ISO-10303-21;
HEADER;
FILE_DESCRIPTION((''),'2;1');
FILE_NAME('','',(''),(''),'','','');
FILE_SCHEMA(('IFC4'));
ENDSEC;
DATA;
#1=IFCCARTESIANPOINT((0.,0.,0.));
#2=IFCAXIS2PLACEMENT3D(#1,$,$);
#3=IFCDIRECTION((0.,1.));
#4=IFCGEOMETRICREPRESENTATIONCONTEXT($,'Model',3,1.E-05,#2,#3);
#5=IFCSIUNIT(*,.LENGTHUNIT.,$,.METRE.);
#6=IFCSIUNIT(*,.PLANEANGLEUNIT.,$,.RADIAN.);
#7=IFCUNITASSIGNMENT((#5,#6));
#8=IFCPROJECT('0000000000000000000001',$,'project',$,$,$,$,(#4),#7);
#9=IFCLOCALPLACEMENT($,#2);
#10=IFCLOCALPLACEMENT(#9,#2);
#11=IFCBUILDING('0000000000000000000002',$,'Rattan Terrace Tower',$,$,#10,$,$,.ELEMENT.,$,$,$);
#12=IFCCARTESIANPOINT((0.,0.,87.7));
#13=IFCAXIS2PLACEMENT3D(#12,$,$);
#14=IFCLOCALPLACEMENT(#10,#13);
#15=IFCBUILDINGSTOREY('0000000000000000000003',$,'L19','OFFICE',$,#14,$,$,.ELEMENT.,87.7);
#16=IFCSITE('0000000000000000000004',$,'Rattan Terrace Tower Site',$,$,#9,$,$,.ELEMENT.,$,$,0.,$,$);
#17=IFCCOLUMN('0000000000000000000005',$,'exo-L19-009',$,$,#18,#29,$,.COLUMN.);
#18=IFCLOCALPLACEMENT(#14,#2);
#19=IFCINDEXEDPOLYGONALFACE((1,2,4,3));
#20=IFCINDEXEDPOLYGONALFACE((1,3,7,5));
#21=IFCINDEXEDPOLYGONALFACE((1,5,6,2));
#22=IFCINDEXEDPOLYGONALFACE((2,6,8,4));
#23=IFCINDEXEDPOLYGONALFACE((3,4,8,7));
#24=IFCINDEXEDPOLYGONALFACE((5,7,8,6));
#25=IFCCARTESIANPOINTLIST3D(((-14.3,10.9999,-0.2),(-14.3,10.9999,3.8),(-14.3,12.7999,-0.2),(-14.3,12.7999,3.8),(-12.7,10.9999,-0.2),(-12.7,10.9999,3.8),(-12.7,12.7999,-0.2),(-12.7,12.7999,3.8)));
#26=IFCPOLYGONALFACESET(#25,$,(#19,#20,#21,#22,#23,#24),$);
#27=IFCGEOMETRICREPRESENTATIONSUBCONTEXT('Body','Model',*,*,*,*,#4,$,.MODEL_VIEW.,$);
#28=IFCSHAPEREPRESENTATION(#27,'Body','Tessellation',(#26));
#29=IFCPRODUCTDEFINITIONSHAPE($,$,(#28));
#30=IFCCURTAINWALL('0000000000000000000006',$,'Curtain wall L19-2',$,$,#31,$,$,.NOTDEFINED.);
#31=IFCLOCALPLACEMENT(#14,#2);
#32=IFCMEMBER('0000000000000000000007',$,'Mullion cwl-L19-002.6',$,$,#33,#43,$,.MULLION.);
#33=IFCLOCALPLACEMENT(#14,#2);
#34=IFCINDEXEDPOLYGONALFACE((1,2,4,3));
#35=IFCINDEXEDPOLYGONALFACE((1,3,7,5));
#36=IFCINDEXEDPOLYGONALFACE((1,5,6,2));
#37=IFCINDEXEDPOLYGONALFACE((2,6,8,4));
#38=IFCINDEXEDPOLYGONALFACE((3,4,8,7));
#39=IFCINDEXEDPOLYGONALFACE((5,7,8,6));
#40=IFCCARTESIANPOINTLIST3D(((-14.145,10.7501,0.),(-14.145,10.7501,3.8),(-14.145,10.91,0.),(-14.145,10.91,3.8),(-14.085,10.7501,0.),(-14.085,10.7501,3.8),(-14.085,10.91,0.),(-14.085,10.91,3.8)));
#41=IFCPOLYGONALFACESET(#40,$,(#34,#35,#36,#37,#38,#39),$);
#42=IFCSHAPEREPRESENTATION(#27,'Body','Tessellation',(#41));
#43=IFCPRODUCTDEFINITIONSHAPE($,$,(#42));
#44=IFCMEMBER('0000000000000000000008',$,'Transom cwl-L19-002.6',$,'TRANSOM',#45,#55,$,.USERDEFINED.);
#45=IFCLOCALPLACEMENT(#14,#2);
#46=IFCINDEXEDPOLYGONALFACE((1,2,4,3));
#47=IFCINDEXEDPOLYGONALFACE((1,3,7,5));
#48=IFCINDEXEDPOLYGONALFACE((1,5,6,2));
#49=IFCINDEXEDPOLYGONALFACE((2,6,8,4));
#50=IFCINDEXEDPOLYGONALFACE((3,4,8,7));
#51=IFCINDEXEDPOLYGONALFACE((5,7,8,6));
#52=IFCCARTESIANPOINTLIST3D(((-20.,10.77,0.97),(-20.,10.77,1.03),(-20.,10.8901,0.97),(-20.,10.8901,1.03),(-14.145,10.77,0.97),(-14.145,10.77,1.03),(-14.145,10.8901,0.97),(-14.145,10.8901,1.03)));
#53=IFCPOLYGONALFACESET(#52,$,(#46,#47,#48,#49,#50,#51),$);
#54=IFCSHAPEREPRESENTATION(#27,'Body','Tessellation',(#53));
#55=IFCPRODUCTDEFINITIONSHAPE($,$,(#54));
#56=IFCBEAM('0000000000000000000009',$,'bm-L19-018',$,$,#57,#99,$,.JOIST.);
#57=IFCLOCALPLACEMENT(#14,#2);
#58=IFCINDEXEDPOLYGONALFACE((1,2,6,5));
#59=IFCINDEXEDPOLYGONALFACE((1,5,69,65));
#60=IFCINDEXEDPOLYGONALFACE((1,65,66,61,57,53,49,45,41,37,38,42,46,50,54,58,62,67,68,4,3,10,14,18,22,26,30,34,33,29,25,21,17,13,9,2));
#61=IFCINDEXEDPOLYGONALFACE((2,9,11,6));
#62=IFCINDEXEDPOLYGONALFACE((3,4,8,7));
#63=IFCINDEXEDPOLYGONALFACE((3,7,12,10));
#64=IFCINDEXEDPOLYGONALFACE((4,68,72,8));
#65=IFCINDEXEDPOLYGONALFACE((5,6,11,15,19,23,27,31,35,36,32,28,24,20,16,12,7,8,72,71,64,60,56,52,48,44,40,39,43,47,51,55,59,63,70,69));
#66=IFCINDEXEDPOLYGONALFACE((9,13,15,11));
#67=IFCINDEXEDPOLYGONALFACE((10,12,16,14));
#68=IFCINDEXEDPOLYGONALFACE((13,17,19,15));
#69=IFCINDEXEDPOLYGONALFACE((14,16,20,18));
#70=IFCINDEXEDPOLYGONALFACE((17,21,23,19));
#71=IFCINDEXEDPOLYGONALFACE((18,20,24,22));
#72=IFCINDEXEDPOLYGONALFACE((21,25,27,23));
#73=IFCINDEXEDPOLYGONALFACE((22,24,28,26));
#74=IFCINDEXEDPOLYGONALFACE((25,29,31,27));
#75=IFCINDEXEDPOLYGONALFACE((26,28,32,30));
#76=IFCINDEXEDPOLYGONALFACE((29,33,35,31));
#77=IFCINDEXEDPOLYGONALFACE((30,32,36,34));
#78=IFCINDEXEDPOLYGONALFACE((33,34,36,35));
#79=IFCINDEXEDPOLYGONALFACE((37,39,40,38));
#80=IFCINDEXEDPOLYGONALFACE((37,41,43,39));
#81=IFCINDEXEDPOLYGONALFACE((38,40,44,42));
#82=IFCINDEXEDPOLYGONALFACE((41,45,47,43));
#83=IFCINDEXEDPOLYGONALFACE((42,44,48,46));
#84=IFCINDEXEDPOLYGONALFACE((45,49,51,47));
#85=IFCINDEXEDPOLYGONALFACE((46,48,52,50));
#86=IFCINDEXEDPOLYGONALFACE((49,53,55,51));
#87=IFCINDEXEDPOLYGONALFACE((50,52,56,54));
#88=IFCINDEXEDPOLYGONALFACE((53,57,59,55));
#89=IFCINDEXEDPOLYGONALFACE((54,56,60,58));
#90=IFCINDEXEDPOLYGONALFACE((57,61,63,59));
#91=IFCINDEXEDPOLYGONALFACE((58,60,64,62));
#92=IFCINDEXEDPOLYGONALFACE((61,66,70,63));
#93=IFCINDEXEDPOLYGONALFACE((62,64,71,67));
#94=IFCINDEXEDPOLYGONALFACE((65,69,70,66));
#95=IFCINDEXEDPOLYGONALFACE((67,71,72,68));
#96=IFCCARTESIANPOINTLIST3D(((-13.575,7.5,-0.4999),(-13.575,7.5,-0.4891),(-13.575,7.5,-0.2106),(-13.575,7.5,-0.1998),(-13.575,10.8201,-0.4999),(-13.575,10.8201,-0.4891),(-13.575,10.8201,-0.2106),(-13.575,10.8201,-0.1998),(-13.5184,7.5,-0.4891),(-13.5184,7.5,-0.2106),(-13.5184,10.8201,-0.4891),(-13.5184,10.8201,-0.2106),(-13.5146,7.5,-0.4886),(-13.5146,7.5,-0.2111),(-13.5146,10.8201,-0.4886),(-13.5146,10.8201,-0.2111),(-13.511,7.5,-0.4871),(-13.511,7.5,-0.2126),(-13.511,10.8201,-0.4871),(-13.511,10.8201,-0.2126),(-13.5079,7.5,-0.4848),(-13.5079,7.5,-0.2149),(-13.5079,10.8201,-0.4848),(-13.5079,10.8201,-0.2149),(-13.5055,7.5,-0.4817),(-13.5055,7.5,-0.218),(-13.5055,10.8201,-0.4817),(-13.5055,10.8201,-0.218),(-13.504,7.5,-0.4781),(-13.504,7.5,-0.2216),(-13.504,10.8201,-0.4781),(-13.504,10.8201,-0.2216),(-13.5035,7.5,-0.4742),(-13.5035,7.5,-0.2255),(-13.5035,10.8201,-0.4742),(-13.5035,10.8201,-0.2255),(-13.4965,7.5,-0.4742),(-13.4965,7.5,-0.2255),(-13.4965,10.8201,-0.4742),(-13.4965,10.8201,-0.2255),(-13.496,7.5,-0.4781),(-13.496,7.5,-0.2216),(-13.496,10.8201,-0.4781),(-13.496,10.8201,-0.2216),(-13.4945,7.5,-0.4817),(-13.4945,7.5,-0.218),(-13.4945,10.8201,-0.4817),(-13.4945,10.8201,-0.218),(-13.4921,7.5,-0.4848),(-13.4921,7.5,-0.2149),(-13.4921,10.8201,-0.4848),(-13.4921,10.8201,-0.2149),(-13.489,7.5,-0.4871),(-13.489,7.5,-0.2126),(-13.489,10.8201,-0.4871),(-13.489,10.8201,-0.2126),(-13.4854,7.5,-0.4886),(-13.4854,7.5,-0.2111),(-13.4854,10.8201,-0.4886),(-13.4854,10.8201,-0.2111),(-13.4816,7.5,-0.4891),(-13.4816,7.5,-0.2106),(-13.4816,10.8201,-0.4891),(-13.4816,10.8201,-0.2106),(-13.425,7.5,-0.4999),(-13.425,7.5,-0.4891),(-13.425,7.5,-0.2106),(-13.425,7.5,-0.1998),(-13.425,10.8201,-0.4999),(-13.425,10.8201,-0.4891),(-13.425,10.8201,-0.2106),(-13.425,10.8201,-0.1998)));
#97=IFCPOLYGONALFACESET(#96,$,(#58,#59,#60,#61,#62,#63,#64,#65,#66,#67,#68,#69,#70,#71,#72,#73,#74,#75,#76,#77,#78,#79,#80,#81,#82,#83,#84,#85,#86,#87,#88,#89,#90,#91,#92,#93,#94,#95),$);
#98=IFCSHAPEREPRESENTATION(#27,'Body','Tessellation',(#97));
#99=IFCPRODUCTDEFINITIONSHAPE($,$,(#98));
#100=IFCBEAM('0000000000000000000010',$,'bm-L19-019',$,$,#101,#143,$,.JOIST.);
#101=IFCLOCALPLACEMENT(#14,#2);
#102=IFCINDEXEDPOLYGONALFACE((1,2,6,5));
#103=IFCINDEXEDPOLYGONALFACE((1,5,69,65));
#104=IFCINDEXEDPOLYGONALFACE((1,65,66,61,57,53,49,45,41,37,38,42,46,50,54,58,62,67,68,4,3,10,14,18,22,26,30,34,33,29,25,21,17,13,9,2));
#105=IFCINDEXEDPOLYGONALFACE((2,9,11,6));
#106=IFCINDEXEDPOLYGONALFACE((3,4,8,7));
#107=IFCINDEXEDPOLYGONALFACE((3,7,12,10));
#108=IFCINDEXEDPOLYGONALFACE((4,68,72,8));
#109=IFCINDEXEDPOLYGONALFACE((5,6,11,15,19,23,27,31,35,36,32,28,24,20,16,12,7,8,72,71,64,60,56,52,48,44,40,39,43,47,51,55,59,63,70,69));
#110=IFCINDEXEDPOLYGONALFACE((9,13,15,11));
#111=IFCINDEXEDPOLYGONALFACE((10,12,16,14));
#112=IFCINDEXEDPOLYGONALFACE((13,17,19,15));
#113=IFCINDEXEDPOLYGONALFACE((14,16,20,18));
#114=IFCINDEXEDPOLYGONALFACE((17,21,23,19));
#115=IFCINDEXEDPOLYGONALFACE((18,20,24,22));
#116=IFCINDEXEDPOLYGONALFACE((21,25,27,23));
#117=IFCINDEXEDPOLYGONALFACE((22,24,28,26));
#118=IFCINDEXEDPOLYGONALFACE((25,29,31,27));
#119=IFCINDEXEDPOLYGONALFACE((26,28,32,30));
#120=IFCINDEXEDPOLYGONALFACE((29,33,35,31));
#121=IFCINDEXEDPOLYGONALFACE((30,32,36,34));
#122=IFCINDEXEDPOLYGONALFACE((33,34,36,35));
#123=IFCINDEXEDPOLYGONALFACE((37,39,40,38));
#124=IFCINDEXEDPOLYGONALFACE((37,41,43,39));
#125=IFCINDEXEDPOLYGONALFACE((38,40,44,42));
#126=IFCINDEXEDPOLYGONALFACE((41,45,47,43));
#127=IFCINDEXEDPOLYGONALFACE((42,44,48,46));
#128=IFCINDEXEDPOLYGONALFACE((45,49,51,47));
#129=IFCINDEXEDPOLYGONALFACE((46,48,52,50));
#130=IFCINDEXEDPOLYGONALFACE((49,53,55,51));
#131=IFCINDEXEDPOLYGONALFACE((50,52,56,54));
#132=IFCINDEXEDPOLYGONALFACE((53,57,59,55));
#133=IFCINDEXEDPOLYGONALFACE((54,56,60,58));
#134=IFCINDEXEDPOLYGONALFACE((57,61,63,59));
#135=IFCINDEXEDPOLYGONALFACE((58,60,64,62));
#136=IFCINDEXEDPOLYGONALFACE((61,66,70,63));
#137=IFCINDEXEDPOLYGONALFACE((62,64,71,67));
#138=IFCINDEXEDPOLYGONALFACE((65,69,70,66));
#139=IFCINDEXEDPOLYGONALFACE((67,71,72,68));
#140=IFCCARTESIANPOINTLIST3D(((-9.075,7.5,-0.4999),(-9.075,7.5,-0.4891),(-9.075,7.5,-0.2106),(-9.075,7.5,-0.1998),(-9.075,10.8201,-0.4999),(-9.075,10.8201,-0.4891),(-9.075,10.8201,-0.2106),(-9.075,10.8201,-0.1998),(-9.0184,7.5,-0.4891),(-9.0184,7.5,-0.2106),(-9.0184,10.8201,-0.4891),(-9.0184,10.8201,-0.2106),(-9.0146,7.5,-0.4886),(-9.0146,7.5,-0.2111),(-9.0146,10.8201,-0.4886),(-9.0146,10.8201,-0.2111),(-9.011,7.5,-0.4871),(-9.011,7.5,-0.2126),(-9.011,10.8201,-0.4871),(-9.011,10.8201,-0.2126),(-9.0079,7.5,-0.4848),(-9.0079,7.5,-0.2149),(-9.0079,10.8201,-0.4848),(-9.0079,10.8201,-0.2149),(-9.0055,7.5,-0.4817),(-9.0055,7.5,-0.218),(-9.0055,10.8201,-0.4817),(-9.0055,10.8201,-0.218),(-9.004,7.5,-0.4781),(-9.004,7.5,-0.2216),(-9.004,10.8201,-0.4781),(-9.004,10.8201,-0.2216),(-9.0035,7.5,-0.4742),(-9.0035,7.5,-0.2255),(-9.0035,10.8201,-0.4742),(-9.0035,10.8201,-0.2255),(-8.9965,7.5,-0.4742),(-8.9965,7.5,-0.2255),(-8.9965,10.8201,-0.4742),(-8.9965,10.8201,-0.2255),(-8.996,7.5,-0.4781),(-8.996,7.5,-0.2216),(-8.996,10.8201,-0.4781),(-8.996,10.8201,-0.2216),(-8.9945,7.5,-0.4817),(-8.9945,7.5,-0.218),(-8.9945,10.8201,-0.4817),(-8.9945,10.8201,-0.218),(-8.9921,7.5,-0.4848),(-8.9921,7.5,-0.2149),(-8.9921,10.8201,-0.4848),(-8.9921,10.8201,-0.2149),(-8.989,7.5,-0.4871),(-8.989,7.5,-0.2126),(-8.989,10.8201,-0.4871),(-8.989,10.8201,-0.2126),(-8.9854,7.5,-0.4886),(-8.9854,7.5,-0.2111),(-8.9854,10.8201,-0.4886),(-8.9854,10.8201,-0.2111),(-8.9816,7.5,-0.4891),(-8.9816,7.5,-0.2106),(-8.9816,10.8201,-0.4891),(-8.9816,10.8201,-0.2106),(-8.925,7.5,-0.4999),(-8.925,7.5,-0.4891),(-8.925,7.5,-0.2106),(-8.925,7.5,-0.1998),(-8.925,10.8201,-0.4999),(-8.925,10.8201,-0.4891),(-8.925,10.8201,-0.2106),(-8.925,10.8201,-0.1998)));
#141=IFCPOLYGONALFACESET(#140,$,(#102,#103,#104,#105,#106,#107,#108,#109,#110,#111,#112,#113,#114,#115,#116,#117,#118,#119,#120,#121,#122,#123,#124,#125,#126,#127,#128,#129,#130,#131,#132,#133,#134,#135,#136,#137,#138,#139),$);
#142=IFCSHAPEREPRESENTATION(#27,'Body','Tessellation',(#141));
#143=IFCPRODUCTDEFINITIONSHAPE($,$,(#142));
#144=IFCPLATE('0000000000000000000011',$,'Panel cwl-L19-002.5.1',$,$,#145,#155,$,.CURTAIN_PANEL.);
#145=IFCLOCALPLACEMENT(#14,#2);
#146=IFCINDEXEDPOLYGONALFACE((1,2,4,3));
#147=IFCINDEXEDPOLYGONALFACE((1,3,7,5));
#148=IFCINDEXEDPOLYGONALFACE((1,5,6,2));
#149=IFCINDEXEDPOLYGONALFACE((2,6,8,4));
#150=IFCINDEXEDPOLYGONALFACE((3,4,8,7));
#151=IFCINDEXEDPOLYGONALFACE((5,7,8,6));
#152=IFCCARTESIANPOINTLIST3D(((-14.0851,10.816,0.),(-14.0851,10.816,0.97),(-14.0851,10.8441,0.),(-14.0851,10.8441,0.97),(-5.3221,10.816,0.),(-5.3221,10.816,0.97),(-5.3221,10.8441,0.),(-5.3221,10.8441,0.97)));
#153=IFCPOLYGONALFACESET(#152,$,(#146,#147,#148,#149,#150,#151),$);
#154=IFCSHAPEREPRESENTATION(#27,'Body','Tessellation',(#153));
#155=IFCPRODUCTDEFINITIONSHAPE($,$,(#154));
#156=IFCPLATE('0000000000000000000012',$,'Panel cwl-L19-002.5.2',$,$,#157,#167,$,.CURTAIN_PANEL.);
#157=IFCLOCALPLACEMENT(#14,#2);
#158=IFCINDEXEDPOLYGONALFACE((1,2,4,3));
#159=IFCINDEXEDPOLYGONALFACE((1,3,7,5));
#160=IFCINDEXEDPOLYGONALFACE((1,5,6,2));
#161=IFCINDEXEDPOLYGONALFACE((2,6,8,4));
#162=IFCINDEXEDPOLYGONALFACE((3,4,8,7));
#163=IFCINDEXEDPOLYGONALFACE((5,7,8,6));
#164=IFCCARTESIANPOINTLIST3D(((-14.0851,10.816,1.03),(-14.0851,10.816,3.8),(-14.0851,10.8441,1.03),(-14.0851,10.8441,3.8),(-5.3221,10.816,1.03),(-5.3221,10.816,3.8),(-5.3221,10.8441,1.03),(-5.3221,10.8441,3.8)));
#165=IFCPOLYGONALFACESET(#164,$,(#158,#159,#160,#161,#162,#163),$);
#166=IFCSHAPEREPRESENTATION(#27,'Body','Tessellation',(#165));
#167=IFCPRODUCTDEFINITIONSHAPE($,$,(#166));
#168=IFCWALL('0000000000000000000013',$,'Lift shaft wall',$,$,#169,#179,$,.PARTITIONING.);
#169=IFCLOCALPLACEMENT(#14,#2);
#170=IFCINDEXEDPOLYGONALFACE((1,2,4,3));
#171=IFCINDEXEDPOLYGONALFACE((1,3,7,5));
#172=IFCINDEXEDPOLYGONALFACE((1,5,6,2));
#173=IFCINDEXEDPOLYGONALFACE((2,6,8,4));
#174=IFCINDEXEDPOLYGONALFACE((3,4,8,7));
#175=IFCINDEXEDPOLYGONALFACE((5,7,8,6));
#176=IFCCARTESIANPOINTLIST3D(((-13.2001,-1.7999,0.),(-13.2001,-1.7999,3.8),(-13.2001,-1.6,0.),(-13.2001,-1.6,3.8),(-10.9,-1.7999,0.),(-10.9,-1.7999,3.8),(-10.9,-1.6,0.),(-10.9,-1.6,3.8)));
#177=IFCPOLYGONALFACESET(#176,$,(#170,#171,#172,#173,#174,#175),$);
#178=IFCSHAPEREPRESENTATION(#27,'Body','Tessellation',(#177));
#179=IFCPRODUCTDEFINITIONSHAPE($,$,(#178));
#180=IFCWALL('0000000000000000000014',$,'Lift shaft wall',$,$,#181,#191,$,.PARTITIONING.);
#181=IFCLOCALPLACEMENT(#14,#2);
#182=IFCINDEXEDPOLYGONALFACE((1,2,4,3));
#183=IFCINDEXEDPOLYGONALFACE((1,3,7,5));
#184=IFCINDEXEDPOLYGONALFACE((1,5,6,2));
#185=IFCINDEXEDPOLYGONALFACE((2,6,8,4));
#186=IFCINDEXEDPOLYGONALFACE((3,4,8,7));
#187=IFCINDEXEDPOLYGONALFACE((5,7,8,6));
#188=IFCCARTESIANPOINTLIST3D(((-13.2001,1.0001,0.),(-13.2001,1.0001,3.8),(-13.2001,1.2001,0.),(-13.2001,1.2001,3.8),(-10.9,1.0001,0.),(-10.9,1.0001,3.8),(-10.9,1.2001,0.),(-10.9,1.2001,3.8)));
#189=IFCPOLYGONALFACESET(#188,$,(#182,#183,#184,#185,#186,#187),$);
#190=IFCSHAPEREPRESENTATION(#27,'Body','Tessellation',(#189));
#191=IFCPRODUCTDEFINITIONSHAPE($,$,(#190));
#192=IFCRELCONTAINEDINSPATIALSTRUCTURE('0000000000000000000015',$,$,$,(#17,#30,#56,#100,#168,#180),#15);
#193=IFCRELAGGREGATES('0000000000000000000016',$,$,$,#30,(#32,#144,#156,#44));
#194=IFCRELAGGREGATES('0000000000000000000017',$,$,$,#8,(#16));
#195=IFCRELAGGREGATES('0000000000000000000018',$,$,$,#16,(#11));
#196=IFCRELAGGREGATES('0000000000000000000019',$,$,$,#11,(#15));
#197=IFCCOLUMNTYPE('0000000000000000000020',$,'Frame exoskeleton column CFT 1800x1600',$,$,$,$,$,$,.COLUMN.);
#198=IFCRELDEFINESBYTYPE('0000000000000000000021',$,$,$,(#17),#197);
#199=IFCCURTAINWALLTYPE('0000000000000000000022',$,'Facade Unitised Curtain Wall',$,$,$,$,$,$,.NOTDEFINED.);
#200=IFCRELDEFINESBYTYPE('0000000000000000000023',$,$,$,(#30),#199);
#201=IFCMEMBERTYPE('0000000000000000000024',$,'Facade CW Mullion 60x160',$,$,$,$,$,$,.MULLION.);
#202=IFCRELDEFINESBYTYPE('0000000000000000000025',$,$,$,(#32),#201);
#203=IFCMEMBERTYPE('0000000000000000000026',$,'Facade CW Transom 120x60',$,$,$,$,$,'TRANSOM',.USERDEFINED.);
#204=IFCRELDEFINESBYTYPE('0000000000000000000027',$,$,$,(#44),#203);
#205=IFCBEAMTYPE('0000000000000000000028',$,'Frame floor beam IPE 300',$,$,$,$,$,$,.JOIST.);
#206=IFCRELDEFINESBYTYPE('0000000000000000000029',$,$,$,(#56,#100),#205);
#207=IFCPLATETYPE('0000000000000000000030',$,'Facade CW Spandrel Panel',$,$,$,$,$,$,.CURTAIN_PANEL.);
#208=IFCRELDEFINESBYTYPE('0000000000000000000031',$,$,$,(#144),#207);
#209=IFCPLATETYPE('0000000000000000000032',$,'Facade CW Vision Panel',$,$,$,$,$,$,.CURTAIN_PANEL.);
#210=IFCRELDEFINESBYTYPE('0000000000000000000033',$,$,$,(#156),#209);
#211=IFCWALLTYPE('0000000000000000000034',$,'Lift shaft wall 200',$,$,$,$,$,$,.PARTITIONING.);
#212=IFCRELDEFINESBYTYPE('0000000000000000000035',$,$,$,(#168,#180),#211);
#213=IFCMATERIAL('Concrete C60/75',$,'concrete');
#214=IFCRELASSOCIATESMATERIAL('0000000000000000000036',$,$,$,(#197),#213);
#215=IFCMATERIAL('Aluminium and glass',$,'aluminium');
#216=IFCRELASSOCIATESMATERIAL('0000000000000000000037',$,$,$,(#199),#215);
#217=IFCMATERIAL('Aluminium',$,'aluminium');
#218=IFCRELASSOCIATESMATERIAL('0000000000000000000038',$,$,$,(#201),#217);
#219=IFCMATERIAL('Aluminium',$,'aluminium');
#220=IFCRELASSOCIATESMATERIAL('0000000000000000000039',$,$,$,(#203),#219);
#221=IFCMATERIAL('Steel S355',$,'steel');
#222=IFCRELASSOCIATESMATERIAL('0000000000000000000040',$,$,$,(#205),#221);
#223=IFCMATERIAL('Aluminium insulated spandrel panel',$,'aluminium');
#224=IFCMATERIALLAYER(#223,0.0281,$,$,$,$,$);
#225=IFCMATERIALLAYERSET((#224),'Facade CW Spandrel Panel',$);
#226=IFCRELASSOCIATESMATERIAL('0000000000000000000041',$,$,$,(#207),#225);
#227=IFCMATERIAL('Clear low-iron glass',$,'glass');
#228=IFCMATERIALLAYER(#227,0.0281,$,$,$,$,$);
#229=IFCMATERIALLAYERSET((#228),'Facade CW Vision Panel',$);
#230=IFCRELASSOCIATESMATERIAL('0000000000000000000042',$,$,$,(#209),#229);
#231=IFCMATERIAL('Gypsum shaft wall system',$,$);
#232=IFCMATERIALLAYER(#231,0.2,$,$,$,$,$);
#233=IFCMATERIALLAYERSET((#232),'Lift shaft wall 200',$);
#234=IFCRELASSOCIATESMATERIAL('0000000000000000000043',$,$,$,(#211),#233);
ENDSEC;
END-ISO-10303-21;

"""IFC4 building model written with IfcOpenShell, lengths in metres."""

from ifc_helpers import new_model, si_unit, direction, frame, frame_2d, origin, origin_2d, place, context, subcontext, project, spatial, rectangle, i_section, extrude, material, layer, layer_set, material_profile, profile_set, type_object, element, aggregate, save


model = new_model("IFC4")

# Units and contexts
model_context = context("Model", 3, precision=1e-05, world=origin(), true_north=direction((0.0, 1.0)))
body_context = subcontext(model_context, "Body", "Model", "MODEL_VIEW")
ifc_project = project(units=[si_unit("LENGTHUNIT", "METRE"), si_unit("PLANEANGLEUNIT", "RADIAN")], contexts=[model_context])

# Site, building, storey
site_placement = place(None, origin())
site = spatial("IfcSite", under=ifc_project, at=site_placement, Name="Rattan Terrace Tower Site", CompositionType="ELEMENT", RefElevation=0.0)
building_placement = place(site_placement, origin())
building = spatial("IfcBuilding", under=site, at=building_placement, Name="Rattan Terrace Tower", CompositionType="ELEMENT")
storey_placement = place(building_placement, frame((0.0, 0.0, 87.7)))
storey = spatial("IfcBuildingStorey", under=building, at=storey_placement, Name="L19", Description="OFFICE", CompositionType="ELEMENT", Elevation=87.7)

# Column
ifc_material_1 = material(Name="Concrete C60/75", Category="concrete")
ifc_material_profile_1 = material_profile(ifc_material_1, rectangle(XDim=1.6001, YDim=1.8, at=origin_2d()), Name="CFT 1800x1600")
ifc_profile_set_1 = profile_set([ifc_material_profile_1], Name="Concrete C60/75")
column_type = type_object("IfcColumnType", Name="Frame exoskeleton column CFT 1800x1600", PredefinedType="COLUMN", material=ifc_profile_set_1)
column_placement = place(storey_placement, frame((-13.5, 11.8999, -0.2), z_axis=(0.0, 0.0, 1.0), x_axis=(1.0, 0.0, 0.0)))
element("IfcColumn", 1, at=column_placement, inside=storey, type_object=column_type, Name="exo-L19-009", PredefinedType="COLUMN", context=body_context, shape_type="SweptSolid", body=[
    extrude(rectangle(XDim=1.6001, YDim=1.8, at=origin_2d()), origin(), (0.0, 0.0, 1.0), 4.0),
])

# Curtain wall, members
ifc_material_2 = material(Name="Aluminium and glass", Category="aluminium")
curtain_wall_type = type_object("IfcCurtainWallType", Name="Facade Unitised Curtain Wall", PredefinedType="NOTDEFINED", material=ifc_material_2)
curtain_wall_placement = place(storey_placement, origin())
curtain_wall = element("IfcCurtainWall", 2, at=curtain_wall_placement, inside=storey, type_object=curtain_wall_type, Name="Curtain wall L19-2", PredefinedType="NOTDEFINED")
ifc_material_3 = material(Name="Aluminium", Category="aluminium")
ifc_material_profile_2 = material_profile(ifc_material_3, rectangle(XDim=0.0601, YDim=0.1599, at=origin_2d()), Name="Aluminium 60x160")
ifc_profile_set_2 = profile_set([ifc_material_profile_2], Name="Aluminium")
member_type_1 = type_object("IfcMemberType", Name="Facade CW Mullion 60x160", PredefinedType="MULLION", material=ifc_profile_set_2)
member_1_placement = place(storey_placement, frame((-14.115, 10.8301, 0.0), z_axis=(0.0, 0.0, 1.0), x_axis=(-1.0, 0.0, 0.0)))
member_1 = element("IfcMember", 3, at=member_1_placement, type_object=member_type_1, Name="Mullion cwl-L19-002.6", PredefinedType="MULLION", context=body_context, shape_type="SweptSolid", body=[
    extrude(rectangle(XDim=0.0601, YDim=0.1599, at=origin_2d()), origin(), (0.0, 0.0, 1.0), 3.8),
])
ifc_material_4 = material(Name="Aluminium", Category="aluminium")
ifc_material_profile_3 = material_profile(ifc_material_4, rectangle(XDim=0.1201, YDim=0.0601, at=origin_2d()), Name="Aluminium 120x60")
ifc_profile_set_3 = profile_set([ifc_material_profile_3], Name="Aluminium")
member_type_2 = type_object("IfcMemberType", Name="Facade CW Transom 120x60", ElementType="TRANSOM", PredefinedType="USERDEFINED", material=ifc_profile_set_3)
member_2_placement = place(storey_placement, frame((-14.145, 10.8301, 1.0), z_axis=(-1.0, 0.0, 0.0), x_axis=(0.0, -1.0, 0.0)))
member_2 = element("IfcMember", 4, at=member_2_placement, type_object=member_type_2, Name="Transom cwl-L19-002.6", ObjectType="TRANSOM", PredefinedType="USERDEFINED", context=body_context, shape_type="SweptSolid", body=[
    extrude(rectangle(XDim=0.1201, YDim=0.0601, at=origin_2d()), origin(), (0.0, 0.0, 1.0), 5.855),
])

# Beams
ifc_material_5 = material(Name="Steel S355", Category="steel")
ifc_material_profile_4 = material_profile(ifc_material_5, i_section(OverallWidth=0.1499, OverallDepth=0.3, WebThickness=0.0071, FlangeThickness=0.0107, FilletRadius=0.0149, at=origin_2d()), Name="IPE 300")
ifc_profile_set_4 = profile_set([ifc_material_profile_4], Name="Steel S355")
beam_type = type_object("IfcBeamType", Name="Frame floor beam IPE 300", PredefinedType="JOIST", material=ifc_profile_set_4)
for number, where, z_axis, x_axis, name in (
    (5, (-13.5, 7.5, -0.3499), (0.0, 1.0, 0.0), (-1.0, 0.0, 0.0), "bm-L19-018"),
    (6, (-9.0, 7.5, -0.3499), (0.0, 1.0, 0.0), (-1.0, 0.0, 0.0), "bm-L19-019"),
):
    element("IfcBeam", number, at=place(storey_placement, frame(where, z_axis=z_axis, x_axis=x_axis)), inside=storey, type_object=beam_type, Name=name, PredefinedType="JOIST", context=body_context, shape_type="SweptSolid", body=[
        extrude(i_section(OverallWidth=0.1499, OverallDepth=0.3, WebThickness=0.0071, FlangeThickness=0.0107, FilletRadius=0.0149, at=origin_2d()), origin(), (0.0, 0.0, 1.0), 3.3201),
    ])

# Plates
ifc_material_6 = material(Name="Aluminium insulated spandrel panel", Category="aluminium")
ifc_layer_1 = layer(ifc_material_6, 0.0281)
ifc_layer_set_1 = layer_set([ifc_layer_1], Name="Facade CW Spandrel Panel")
plate_type_1 = type_object("IfcPlateType", Name="Facade CW Spandrel Panel", PredefinedType="CURTAIN_PANEL", material=ifc_layer_set_1)
plate_1_placement = place(storey_placement, frame((-9.7036, 10.8301, 0.0), z_axis=(0.0, 0.0, 1.0), x_axis=(-1.0, 0.0, 0.0)))
plate_1 = element("IfcPlate", 7, at=plate_1_placement, type_object=plate_type_1, Name="Panel cwl-L19-002.5.1", PredefinedType="CURTAIN_PANEL", context=body_context, shape_type="SweptSolid", body=[
    extrude(rectangle(XDim=8.7629, YDim=0.0281, at=origin_2d()), origin(), (0.0, 0.0, 1.0), 0.97),
])
ifc_material_7 = material(Name="Clear low-iron glass", Category="glass")
ifc_layer_2 = layer(ifc_material_7, 0.0281)
ifc_layer_set_2 = layer_set([ifc_layer_2], Name="Facade CW Vision Panel")
plate_type_2 = type_object("IfcPlateType", Name="Facade CW Vision Panel", PredefinedType="CURTAIN_PANEL", material=ifc_layer_set_2)
plate_2_placement = place(storey_placement, frame((-9.7036, 10.8301, 1.03), z_axis=(0.0, 0.0, 1.0), x_axis=(-1.0, 0.0, 0.0)))
plate_2 = element("IfcPlate", 8, at=plate_2_placement, type_object=plate_type_2, Name="Panel cwl-L19-002.5.2", PredefinedType="CURTAIN_PANEL", context=body_context, shape_type="SweptSolid", body=[
    extrude(rectangle(XDim=8.7629, YDim=0.0281, at=origin_2d()), origin(), (0.0, 0.0, 1.0), 2.77),
])
aggregate(curtain_wall, [member_1, plate_1, plate_2, member_2])

# Walls
ifc_material_8 = material(Name="Gypsum shaft wall system")
ifc_layer_3 = layer(ifc_material_8, 0.2)
ifc_layer_set_3 = layer_set([ifc_layer_3], Name="Lift shaft wall 200")
wall_type = type_object("IfcWallType", Name="Lift shaft wall 200", PredefinedType="PARTITIONING", material=ifc_layer_set_3)
for number, where, z_axis, x_axis, name in (
    (9, (-13.2, -1.7, 0.0), (0.0, 0.0, 1.0), (1.0, 0.0, 0.0), "Lift shaft wall"),
    (10, (-13.2, 1.1001, 0.0), (0.0, 0.0, 1.0), (1.0, 0.0, 0.0), "Lift shaft wall"),
):
    element("IfcWall", number, at=place(storey_placement, frame(where, z_axis=z_axis, x_axis=x_axis)), inside=storey, type_object=wall_type, Name=name, PredefinedType="PARTITIONING", context=body_context, shape_type="SweptSolid", body=[
        extrude(rectangle(XDim=2.3, YDim=0.2, at=frame_2d((1.1499, 0.0))), origin(), (0.0, 0.0, 1.0), 3.8),
    ])

save(model, "model.ifc")
